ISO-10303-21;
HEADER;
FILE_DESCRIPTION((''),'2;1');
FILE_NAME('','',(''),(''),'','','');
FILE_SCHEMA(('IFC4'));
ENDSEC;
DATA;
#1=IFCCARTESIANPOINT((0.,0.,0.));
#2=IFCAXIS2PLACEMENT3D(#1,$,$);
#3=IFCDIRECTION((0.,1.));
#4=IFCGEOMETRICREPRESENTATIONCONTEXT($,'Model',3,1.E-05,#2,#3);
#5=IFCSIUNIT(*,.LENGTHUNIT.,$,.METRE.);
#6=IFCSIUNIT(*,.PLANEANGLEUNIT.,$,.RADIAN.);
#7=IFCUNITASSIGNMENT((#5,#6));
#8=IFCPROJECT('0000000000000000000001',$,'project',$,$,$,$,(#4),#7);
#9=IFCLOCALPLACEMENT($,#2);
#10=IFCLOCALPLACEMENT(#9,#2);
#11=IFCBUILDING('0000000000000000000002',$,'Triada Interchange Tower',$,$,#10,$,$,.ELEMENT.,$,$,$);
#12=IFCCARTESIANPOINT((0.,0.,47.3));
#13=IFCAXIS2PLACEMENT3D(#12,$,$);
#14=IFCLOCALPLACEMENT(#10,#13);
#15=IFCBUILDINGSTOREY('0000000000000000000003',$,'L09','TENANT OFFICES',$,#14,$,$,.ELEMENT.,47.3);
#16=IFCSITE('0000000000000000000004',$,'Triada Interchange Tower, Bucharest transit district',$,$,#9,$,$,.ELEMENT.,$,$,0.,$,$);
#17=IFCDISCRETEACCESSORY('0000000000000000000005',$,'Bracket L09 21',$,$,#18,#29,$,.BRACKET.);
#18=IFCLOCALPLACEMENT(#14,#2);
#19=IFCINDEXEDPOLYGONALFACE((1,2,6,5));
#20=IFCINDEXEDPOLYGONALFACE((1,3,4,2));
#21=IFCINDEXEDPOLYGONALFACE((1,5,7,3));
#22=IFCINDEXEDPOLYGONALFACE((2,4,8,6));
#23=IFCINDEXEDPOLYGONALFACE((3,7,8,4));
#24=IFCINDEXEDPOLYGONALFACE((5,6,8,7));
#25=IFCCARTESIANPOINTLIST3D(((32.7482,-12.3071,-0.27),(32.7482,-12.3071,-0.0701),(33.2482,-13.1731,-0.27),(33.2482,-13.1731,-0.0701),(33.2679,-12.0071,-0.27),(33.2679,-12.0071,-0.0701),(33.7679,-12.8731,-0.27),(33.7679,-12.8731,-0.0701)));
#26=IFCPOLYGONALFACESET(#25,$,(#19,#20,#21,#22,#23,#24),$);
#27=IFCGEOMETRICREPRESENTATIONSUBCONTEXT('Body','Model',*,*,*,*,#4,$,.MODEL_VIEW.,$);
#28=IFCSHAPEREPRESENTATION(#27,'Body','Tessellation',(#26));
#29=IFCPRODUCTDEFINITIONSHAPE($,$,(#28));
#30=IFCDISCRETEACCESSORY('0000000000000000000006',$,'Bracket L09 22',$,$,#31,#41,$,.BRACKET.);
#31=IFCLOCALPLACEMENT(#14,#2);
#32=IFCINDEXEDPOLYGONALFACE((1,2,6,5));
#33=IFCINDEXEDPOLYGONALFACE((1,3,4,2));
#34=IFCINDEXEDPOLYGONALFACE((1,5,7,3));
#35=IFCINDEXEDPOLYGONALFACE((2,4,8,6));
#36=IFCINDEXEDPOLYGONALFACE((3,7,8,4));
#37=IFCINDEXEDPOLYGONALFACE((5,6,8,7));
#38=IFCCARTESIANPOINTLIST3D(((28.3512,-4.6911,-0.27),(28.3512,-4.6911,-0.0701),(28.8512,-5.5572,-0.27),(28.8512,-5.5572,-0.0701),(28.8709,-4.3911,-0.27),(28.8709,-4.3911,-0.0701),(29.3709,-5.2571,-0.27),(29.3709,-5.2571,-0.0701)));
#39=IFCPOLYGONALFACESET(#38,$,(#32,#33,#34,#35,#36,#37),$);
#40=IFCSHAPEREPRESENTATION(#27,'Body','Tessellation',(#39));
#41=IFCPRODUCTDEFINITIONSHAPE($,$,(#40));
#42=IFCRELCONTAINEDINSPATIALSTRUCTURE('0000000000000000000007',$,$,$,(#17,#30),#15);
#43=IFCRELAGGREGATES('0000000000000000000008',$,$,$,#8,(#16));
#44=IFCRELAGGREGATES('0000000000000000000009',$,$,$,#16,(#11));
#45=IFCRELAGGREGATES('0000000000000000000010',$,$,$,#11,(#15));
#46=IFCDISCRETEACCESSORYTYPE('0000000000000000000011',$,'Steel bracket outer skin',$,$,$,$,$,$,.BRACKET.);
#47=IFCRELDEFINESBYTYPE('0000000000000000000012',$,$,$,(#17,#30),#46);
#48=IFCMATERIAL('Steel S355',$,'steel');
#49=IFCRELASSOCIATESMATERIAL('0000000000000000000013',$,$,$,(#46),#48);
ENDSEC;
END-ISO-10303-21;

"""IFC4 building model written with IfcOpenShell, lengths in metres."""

from ifc_helpers import new_model, si_unit, direction, frame, origin, origin_2d, place, context, subcontext, project, spatial, rectangle, extrude, material, type_object, element, save


model = new_model("IFC4")

# Units and contexts
model_context = context("Model", 3, precision=1e-05, world=origin(), true_north=direction((0.0, 1.0)))
body_context = subcontext(model_context, "Body", "Model", "MODEL_VIEW")
ifc_project = project(units=[si_unit("LENGTHUNIT", "METRE"), si_unit("PLANEANGLEUNIT", "RADIAN")], contexts=[model_context])

# Site, building, storey
site_placement = place(None, origin())
site = spatial("IfcSite", under=ifc_project, at=site_placement, Name="Triada Interchange Tower, Bucharest transit district", CompositionType="ELEMENT", RefElevation=0.0)
building_placement = place(site_placement, origin())
building = spatial("IfcBuilding", under=site, at=building_placement, Name="Triada Interchange Tower", CompositionType="ELEMENT")
storey_placement = place(building_placement, frame((0.0, 0.0, 47.3)))
storey = spatial("IfcBuildingStorey", under=building, at=storey_placement, Name="L09", Description="TENANT OFFICES", CompositionType="ELEMENT", Elevation=47.3)

# Discrete accessories
ifc_material_1 = material(Name="Steel S355", Category="steel")
discrete_accessory_type = type_object("IfcDiscreteAccessoryType", Name="Steel bracket outer skin", PredefinedType="BRACKET", material=ifc_material_1)
for number, where, z_axis, x_axis, name in (
    (1, (33.2581, -12.5901, -0.27), (0.0, 0.0, 1.0), (0.866026, 0.499999, 0.0), "Bracket L09 21"),
    (2, (28.8611, -4.9741, -0.27), (0.0, 0.0, 1.0), (0.866026, 0.499999, 0.0), "Bracket L09 22"),
):
    element("IfcDiscreteAccessory", number, at=place(storey_placement, frame(where, z_axis=z_axis, x_axis=x_axis)), inside=storey, type_object=discrete_accessory_type, Name=name, PredefinedType="BRACKET", context=body_context, shape_type="SweptSolid", body=[
        extrude(rectangle(XDim=0.6001, YDim=1.0, at=origin_2d()), origin(), (0.0, 0.0, 1.0), 0.2),
    ])

save(model, "model.ifc")
